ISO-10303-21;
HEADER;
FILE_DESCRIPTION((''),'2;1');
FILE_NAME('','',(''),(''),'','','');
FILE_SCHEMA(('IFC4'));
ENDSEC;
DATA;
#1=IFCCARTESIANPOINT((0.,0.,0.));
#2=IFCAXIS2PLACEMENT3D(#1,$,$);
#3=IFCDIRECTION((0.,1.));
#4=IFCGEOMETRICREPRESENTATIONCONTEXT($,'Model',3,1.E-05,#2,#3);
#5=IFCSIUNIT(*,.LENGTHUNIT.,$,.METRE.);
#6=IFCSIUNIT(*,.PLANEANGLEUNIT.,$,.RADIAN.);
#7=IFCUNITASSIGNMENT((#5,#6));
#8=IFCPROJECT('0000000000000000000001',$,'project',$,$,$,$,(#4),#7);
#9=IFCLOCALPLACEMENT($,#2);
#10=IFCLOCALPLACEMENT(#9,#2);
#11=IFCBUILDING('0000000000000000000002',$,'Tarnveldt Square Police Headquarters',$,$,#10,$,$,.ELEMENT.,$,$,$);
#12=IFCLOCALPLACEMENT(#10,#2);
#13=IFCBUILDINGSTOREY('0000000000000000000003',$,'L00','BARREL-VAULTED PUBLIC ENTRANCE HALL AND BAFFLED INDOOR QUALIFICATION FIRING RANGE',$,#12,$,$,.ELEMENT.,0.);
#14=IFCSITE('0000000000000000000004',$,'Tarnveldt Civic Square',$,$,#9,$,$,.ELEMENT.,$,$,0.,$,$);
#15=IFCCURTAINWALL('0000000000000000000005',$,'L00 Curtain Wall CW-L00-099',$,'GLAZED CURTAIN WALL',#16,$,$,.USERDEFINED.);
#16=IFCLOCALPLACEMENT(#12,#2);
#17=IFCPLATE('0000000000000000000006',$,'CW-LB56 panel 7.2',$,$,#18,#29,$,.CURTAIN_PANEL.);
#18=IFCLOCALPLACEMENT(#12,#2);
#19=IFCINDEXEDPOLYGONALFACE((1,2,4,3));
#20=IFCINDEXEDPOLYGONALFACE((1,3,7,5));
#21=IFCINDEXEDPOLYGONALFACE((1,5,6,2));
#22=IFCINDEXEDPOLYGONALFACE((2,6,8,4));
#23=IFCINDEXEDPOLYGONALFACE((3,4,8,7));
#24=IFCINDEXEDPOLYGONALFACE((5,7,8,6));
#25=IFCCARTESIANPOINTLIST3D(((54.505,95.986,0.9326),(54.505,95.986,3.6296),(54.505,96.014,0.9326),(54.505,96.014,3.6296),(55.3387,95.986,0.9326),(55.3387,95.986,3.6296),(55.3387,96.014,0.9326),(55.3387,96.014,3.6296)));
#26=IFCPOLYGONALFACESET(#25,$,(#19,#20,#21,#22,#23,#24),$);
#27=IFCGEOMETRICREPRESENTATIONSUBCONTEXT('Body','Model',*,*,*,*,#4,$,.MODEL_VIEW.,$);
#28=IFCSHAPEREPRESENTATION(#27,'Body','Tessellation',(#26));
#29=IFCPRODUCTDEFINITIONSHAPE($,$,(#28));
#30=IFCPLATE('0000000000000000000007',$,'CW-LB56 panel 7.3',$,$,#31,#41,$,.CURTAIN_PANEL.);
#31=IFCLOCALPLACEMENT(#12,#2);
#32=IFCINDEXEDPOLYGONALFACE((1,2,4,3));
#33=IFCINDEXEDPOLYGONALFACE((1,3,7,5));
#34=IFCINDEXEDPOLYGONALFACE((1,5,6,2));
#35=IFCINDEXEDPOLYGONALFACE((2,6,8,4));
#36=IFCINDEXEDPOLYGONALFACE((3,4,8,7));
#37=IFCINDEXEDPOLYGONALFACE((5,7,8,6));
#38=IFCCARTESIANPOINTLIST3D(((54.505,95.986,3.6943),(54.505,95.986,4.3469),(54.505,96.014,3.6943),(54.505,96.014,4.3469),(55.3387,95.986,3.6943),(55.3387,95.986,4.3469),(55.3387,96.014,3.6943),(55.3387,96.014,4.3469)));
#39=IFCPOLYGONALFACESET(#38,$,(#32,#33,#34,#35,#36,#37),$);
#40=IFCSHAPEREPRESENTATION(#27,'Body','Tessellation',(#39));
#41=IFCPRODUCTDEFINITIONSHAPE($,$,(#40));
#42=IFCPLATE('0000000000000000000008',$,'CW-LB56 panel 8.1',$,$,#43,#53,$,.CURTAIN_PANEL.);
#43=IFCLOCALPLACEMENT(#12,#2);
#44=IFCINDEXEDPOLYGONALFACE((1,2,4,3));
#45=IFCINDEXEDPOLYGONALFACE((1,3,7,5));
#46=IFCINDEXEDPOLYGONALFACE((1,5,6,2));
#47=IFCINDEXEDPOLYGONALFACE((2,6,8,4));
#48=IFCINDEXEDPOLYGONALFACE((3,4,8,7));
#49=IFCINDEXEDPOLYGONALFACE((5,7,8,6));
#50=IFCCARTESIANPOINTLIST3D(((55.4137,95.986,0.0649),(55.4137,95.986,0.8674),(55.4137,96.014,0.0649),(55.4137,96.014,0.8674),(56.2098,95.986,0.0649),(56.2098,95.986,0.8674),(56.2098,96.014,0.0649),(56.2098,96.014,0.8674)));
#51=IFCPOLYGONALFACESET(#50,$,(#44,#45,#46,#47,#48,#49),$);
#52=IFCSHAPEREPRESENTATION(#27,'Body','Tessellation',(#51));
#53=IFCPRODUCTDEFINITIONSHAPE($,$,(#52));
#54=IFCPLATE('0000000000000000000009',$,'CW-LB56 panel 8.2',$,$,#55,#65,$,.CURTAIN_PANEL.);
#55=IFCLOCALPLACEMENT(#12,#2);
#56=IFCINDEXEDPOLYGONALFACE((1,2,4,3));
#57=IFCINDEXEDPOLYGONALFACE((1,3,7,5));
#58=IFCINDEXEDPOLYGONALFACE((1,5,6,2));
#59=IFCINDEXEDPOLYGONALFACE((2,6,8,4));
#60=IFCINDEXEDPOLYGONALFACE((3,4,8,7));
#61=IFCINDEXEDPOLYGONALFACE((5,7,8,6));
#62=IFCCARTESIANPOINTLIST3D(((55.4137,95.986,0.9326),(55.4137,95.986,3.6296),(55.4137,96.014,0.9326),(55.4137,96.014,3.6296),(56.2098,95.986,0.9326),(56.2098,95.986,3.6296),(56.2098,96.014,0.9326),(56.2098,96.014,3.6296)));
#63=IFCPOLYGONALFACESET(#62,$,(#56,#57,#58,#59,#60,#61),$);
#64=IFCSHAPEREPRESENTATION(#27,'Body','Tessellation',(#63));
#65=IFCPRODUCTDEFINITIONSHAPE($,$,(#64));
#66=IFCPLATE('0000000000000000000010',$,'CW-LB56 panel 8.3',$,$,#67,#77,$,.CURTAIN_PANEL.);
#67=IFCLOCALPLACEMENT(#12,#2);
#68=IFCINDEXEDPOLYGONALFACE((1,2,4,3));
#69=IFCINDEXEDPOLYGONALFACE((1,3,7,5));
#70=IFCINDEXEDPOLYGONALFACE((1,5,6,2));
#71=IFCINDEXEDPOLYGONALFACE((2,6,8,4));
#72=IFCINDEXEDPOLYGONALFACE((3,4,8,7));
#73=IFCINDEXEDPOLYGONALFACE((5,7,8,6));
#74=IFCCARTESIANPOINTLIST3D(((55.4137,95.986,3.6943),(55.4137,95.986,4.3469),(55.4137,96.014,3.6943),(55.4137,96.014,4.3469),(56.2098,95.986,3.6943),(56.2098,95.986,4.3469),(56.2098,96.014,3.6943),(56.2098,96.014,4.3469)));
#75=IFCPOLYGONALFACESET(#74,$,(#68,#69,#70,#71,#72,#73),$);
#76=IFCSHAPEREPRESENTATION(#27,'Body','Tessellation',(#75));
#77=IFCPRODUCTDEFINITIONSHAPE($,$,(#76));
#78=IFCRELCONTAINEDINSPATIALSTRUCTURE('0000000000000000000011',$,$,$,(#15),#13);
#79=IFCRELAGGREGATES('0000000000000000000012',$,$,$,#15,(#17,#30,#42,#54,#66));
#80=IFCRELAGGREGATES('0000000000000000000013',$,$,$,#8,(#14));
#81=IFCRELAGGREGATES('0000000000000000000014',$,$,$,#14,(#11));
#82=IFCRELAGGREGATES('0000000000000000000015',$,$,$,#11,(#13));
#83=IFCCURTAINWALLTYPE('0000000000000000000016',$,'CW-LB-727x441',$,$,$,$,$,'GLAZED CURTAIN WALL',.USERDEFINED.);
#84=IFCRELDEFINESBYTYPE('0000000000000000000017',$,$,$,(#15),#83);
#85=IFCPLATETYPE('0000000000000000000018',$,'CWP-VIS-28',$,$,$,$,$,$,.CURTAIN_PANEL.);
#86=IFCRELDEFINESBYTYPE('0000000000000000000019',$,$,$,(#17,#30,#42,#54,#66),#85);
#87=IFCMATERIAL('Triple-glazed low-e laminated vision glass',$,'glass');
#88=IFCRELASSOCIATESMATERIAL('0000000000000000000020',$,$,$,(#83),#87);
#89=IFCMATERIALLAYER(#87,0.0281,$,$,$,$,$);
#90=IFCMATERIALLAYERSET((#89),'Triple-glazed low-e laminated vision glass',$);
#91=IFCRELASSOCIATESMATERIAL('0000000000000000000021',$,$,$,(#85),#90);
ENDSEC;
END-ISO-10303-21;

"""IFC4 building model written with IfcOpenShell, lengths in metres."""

from ifc_helpers import new_model, si_unit, direction, frame, origin, origin_2d, place, context, subcontext, project, spatial, rectangle, extrude, material, layer, layer_set, type_object, element, aggregate, save


model = new_model("IFC4")

# Units and contexts
model_context = context("Model", 3, precision=1e-05, world=origin(), true_north=direction((0.0, 1.0)))
body_context = subcontext(model_context, "Body", "Model", "MODEL_VIEW")
ifc_project = project(units=[si_unit("LENGTHUNIT", "METRE"), si_unit("PLANEANGLEUNIT", "RADIAN")], contexts=[model_context])

# Site, building, storey
site_placement = place(None, origin())
site = spatial("IfcSite", under=ifc_project, at=site_placement, Name="Tarnveldt Civic Square", CompositionType="ELEMENT", RefElevation=0.0)
building_placement = place(site_placement, origin())
building = spatial("IfcBuilding", under=site, at=building_placement, Name="Tarnveldt Square Police Headquarters", CompositionType="ELEMENT")
storey_placement = place(building_placement, origin())
storey = spatial("IfcBuildingStorey", under=building, at=storey_placement, Name="L00", Description="BARREL-VAULTED PUBLIC ENTRANCE HALL AND BAFFLED INDOOR QUALIFICATION FIRING RANGE", CompositionType="ELEMENT", Elevation=0.0)

# Curtain wall
ifc_material_1 = material(Name="Triple-glazed low-e laminated vision glass", Category="glass")
curtain_wall_type_1 = type_object("IfcCurtainWallType", Name="CW-LB-727x441", ElementType="GLAZED CURTAIN WALL", PredefinedType="USERDEFINED", material=ifc_material_1)
curtain_wall_1_placement = place(storey_placement, origin())
curtain_wall_1 = element("IfcCurtainWall", 1, at=curtain_wall_1_placement, inside=storey, type_object=curtain_wall_type_1, Name="L00 Curtain Wall CW-L00-099", ObjectType="GLAZED CURTAIN WALL", PredefinedType="USERDEFINED")

# Plates
ifc_layer = layer(ifc_material_1, 0.0281)
ifc_layer_set = layer_set([ifc_layer], Name="Triple-glazed low-e laminated vision glass")
plate_type = type_object("IfcPlateType", Name="CWP-VIS-28", PredefinedType="CURTAIN_PANEL", material=ifc_layer_set)
plate_1_placement = place(storey_placement, frame((54.9219, 96.0, 0.9326), z_axis=(0.0, 0.0, 1.0), x_axis=(1.0, 0.0, 0.0)))
plate_1 = element("IfcPlate", 2, at=plate_1_placement, type_object=plate_type, Name="CW-LB56 panel 7.2", PredefinedType="CURTAIN_PANEL", context=body_context, shape_type="SweptSolid", body=[
    extrude(rectangle(XDim=0.8337, YDim=0.0281, at=origin_2d()), origin(), (0.0, 0.0, 1.0), 2.697),
])
plate_2_placement = place(storey_placement, frame((54.9219, 96.0, 3.6943), z_axis=(0.0, 0.0, 1.0), x_axis=(1.0, 0.0, 0.0)))
plate_2 = element("IfcPlate", 3, at=plate_2_placement, type_object=plate_type, Name="CW-LB56 panel 7.3", PredefinedType="CURTAIN_PANEL", context=body_context, shape_type="SweptSolid", body=[
    extrude(rectangle(XDim=0.8337, YDim=0.0281, at=origin_2d()), origin(), (0.0, 0.0, 1.0), 0.6526),
])
plate_3_placement = place(storey_placement, frame((55.8118, 96.0, 0.0649), z_axis=(0.0, 0.0, 1.0), x_axis=(1.0, 0.0, 0.0)))
plate_3 = element("IfcPlate", 4, at=plate_3_placement, type_object=plate_type, Name="CW-LB56 panel 8.1", PredefinedType="CURTAIN_PANEL", context=body_context, shape_type="SweptSolid", body=[
    extrude(rectangle(XDim=0.7961, YDim=0.0281, at=origin_2d()), origin(), (0.0, 0.0, 1.0), 0.8025),
])
plate_4_placement = place(storey_placement, frame((55.8118, 96.0, 0.9326), z_axis=(0.0, 0.0, 1.0), x_axis=(1.0, 0.0, 0.0)))
plate_4 = element("IfcPlate", 5, at=plate_4_placement, type_object=plate_type, Name="CW-LB56 panel 8.2", PredefinedType="CURTAIN_PANEL", context=body_context, shape_type="SweptSolid", body=[
    extrude(rectangle(XDim=0.7961, YDim=0.0281, at=origin_2d()), origin(), (0.0, 0.0, 1.0), 2.697),
])
plate_5_placement = place(storey_placement, frame((55.8118, 96.0, 3.6943), z_axis=(0.0, 0.0, 1.0), x_axis=(1.0, 0.0, 0.0)))
plate_5 = element("IfcPlate", 6, at=plate_5_placement, type_object=plate_type, Name="CW-LB56 panel 8.3", PredefinedType="CURTAIN_PANEL", context=body_context, shape_type="SweptSolid", body=[
    extrude(rectangle(XDim=0.7961, YDim=0.0281, at=origin_2d()), origin(), (0.0, 0.0, 1.0), 0.6526),
])
aggregate(curtain_wall_1, [plate_1, plate_2, plate_3, plate_4, plate_5])

save(model, "model.ifc")
